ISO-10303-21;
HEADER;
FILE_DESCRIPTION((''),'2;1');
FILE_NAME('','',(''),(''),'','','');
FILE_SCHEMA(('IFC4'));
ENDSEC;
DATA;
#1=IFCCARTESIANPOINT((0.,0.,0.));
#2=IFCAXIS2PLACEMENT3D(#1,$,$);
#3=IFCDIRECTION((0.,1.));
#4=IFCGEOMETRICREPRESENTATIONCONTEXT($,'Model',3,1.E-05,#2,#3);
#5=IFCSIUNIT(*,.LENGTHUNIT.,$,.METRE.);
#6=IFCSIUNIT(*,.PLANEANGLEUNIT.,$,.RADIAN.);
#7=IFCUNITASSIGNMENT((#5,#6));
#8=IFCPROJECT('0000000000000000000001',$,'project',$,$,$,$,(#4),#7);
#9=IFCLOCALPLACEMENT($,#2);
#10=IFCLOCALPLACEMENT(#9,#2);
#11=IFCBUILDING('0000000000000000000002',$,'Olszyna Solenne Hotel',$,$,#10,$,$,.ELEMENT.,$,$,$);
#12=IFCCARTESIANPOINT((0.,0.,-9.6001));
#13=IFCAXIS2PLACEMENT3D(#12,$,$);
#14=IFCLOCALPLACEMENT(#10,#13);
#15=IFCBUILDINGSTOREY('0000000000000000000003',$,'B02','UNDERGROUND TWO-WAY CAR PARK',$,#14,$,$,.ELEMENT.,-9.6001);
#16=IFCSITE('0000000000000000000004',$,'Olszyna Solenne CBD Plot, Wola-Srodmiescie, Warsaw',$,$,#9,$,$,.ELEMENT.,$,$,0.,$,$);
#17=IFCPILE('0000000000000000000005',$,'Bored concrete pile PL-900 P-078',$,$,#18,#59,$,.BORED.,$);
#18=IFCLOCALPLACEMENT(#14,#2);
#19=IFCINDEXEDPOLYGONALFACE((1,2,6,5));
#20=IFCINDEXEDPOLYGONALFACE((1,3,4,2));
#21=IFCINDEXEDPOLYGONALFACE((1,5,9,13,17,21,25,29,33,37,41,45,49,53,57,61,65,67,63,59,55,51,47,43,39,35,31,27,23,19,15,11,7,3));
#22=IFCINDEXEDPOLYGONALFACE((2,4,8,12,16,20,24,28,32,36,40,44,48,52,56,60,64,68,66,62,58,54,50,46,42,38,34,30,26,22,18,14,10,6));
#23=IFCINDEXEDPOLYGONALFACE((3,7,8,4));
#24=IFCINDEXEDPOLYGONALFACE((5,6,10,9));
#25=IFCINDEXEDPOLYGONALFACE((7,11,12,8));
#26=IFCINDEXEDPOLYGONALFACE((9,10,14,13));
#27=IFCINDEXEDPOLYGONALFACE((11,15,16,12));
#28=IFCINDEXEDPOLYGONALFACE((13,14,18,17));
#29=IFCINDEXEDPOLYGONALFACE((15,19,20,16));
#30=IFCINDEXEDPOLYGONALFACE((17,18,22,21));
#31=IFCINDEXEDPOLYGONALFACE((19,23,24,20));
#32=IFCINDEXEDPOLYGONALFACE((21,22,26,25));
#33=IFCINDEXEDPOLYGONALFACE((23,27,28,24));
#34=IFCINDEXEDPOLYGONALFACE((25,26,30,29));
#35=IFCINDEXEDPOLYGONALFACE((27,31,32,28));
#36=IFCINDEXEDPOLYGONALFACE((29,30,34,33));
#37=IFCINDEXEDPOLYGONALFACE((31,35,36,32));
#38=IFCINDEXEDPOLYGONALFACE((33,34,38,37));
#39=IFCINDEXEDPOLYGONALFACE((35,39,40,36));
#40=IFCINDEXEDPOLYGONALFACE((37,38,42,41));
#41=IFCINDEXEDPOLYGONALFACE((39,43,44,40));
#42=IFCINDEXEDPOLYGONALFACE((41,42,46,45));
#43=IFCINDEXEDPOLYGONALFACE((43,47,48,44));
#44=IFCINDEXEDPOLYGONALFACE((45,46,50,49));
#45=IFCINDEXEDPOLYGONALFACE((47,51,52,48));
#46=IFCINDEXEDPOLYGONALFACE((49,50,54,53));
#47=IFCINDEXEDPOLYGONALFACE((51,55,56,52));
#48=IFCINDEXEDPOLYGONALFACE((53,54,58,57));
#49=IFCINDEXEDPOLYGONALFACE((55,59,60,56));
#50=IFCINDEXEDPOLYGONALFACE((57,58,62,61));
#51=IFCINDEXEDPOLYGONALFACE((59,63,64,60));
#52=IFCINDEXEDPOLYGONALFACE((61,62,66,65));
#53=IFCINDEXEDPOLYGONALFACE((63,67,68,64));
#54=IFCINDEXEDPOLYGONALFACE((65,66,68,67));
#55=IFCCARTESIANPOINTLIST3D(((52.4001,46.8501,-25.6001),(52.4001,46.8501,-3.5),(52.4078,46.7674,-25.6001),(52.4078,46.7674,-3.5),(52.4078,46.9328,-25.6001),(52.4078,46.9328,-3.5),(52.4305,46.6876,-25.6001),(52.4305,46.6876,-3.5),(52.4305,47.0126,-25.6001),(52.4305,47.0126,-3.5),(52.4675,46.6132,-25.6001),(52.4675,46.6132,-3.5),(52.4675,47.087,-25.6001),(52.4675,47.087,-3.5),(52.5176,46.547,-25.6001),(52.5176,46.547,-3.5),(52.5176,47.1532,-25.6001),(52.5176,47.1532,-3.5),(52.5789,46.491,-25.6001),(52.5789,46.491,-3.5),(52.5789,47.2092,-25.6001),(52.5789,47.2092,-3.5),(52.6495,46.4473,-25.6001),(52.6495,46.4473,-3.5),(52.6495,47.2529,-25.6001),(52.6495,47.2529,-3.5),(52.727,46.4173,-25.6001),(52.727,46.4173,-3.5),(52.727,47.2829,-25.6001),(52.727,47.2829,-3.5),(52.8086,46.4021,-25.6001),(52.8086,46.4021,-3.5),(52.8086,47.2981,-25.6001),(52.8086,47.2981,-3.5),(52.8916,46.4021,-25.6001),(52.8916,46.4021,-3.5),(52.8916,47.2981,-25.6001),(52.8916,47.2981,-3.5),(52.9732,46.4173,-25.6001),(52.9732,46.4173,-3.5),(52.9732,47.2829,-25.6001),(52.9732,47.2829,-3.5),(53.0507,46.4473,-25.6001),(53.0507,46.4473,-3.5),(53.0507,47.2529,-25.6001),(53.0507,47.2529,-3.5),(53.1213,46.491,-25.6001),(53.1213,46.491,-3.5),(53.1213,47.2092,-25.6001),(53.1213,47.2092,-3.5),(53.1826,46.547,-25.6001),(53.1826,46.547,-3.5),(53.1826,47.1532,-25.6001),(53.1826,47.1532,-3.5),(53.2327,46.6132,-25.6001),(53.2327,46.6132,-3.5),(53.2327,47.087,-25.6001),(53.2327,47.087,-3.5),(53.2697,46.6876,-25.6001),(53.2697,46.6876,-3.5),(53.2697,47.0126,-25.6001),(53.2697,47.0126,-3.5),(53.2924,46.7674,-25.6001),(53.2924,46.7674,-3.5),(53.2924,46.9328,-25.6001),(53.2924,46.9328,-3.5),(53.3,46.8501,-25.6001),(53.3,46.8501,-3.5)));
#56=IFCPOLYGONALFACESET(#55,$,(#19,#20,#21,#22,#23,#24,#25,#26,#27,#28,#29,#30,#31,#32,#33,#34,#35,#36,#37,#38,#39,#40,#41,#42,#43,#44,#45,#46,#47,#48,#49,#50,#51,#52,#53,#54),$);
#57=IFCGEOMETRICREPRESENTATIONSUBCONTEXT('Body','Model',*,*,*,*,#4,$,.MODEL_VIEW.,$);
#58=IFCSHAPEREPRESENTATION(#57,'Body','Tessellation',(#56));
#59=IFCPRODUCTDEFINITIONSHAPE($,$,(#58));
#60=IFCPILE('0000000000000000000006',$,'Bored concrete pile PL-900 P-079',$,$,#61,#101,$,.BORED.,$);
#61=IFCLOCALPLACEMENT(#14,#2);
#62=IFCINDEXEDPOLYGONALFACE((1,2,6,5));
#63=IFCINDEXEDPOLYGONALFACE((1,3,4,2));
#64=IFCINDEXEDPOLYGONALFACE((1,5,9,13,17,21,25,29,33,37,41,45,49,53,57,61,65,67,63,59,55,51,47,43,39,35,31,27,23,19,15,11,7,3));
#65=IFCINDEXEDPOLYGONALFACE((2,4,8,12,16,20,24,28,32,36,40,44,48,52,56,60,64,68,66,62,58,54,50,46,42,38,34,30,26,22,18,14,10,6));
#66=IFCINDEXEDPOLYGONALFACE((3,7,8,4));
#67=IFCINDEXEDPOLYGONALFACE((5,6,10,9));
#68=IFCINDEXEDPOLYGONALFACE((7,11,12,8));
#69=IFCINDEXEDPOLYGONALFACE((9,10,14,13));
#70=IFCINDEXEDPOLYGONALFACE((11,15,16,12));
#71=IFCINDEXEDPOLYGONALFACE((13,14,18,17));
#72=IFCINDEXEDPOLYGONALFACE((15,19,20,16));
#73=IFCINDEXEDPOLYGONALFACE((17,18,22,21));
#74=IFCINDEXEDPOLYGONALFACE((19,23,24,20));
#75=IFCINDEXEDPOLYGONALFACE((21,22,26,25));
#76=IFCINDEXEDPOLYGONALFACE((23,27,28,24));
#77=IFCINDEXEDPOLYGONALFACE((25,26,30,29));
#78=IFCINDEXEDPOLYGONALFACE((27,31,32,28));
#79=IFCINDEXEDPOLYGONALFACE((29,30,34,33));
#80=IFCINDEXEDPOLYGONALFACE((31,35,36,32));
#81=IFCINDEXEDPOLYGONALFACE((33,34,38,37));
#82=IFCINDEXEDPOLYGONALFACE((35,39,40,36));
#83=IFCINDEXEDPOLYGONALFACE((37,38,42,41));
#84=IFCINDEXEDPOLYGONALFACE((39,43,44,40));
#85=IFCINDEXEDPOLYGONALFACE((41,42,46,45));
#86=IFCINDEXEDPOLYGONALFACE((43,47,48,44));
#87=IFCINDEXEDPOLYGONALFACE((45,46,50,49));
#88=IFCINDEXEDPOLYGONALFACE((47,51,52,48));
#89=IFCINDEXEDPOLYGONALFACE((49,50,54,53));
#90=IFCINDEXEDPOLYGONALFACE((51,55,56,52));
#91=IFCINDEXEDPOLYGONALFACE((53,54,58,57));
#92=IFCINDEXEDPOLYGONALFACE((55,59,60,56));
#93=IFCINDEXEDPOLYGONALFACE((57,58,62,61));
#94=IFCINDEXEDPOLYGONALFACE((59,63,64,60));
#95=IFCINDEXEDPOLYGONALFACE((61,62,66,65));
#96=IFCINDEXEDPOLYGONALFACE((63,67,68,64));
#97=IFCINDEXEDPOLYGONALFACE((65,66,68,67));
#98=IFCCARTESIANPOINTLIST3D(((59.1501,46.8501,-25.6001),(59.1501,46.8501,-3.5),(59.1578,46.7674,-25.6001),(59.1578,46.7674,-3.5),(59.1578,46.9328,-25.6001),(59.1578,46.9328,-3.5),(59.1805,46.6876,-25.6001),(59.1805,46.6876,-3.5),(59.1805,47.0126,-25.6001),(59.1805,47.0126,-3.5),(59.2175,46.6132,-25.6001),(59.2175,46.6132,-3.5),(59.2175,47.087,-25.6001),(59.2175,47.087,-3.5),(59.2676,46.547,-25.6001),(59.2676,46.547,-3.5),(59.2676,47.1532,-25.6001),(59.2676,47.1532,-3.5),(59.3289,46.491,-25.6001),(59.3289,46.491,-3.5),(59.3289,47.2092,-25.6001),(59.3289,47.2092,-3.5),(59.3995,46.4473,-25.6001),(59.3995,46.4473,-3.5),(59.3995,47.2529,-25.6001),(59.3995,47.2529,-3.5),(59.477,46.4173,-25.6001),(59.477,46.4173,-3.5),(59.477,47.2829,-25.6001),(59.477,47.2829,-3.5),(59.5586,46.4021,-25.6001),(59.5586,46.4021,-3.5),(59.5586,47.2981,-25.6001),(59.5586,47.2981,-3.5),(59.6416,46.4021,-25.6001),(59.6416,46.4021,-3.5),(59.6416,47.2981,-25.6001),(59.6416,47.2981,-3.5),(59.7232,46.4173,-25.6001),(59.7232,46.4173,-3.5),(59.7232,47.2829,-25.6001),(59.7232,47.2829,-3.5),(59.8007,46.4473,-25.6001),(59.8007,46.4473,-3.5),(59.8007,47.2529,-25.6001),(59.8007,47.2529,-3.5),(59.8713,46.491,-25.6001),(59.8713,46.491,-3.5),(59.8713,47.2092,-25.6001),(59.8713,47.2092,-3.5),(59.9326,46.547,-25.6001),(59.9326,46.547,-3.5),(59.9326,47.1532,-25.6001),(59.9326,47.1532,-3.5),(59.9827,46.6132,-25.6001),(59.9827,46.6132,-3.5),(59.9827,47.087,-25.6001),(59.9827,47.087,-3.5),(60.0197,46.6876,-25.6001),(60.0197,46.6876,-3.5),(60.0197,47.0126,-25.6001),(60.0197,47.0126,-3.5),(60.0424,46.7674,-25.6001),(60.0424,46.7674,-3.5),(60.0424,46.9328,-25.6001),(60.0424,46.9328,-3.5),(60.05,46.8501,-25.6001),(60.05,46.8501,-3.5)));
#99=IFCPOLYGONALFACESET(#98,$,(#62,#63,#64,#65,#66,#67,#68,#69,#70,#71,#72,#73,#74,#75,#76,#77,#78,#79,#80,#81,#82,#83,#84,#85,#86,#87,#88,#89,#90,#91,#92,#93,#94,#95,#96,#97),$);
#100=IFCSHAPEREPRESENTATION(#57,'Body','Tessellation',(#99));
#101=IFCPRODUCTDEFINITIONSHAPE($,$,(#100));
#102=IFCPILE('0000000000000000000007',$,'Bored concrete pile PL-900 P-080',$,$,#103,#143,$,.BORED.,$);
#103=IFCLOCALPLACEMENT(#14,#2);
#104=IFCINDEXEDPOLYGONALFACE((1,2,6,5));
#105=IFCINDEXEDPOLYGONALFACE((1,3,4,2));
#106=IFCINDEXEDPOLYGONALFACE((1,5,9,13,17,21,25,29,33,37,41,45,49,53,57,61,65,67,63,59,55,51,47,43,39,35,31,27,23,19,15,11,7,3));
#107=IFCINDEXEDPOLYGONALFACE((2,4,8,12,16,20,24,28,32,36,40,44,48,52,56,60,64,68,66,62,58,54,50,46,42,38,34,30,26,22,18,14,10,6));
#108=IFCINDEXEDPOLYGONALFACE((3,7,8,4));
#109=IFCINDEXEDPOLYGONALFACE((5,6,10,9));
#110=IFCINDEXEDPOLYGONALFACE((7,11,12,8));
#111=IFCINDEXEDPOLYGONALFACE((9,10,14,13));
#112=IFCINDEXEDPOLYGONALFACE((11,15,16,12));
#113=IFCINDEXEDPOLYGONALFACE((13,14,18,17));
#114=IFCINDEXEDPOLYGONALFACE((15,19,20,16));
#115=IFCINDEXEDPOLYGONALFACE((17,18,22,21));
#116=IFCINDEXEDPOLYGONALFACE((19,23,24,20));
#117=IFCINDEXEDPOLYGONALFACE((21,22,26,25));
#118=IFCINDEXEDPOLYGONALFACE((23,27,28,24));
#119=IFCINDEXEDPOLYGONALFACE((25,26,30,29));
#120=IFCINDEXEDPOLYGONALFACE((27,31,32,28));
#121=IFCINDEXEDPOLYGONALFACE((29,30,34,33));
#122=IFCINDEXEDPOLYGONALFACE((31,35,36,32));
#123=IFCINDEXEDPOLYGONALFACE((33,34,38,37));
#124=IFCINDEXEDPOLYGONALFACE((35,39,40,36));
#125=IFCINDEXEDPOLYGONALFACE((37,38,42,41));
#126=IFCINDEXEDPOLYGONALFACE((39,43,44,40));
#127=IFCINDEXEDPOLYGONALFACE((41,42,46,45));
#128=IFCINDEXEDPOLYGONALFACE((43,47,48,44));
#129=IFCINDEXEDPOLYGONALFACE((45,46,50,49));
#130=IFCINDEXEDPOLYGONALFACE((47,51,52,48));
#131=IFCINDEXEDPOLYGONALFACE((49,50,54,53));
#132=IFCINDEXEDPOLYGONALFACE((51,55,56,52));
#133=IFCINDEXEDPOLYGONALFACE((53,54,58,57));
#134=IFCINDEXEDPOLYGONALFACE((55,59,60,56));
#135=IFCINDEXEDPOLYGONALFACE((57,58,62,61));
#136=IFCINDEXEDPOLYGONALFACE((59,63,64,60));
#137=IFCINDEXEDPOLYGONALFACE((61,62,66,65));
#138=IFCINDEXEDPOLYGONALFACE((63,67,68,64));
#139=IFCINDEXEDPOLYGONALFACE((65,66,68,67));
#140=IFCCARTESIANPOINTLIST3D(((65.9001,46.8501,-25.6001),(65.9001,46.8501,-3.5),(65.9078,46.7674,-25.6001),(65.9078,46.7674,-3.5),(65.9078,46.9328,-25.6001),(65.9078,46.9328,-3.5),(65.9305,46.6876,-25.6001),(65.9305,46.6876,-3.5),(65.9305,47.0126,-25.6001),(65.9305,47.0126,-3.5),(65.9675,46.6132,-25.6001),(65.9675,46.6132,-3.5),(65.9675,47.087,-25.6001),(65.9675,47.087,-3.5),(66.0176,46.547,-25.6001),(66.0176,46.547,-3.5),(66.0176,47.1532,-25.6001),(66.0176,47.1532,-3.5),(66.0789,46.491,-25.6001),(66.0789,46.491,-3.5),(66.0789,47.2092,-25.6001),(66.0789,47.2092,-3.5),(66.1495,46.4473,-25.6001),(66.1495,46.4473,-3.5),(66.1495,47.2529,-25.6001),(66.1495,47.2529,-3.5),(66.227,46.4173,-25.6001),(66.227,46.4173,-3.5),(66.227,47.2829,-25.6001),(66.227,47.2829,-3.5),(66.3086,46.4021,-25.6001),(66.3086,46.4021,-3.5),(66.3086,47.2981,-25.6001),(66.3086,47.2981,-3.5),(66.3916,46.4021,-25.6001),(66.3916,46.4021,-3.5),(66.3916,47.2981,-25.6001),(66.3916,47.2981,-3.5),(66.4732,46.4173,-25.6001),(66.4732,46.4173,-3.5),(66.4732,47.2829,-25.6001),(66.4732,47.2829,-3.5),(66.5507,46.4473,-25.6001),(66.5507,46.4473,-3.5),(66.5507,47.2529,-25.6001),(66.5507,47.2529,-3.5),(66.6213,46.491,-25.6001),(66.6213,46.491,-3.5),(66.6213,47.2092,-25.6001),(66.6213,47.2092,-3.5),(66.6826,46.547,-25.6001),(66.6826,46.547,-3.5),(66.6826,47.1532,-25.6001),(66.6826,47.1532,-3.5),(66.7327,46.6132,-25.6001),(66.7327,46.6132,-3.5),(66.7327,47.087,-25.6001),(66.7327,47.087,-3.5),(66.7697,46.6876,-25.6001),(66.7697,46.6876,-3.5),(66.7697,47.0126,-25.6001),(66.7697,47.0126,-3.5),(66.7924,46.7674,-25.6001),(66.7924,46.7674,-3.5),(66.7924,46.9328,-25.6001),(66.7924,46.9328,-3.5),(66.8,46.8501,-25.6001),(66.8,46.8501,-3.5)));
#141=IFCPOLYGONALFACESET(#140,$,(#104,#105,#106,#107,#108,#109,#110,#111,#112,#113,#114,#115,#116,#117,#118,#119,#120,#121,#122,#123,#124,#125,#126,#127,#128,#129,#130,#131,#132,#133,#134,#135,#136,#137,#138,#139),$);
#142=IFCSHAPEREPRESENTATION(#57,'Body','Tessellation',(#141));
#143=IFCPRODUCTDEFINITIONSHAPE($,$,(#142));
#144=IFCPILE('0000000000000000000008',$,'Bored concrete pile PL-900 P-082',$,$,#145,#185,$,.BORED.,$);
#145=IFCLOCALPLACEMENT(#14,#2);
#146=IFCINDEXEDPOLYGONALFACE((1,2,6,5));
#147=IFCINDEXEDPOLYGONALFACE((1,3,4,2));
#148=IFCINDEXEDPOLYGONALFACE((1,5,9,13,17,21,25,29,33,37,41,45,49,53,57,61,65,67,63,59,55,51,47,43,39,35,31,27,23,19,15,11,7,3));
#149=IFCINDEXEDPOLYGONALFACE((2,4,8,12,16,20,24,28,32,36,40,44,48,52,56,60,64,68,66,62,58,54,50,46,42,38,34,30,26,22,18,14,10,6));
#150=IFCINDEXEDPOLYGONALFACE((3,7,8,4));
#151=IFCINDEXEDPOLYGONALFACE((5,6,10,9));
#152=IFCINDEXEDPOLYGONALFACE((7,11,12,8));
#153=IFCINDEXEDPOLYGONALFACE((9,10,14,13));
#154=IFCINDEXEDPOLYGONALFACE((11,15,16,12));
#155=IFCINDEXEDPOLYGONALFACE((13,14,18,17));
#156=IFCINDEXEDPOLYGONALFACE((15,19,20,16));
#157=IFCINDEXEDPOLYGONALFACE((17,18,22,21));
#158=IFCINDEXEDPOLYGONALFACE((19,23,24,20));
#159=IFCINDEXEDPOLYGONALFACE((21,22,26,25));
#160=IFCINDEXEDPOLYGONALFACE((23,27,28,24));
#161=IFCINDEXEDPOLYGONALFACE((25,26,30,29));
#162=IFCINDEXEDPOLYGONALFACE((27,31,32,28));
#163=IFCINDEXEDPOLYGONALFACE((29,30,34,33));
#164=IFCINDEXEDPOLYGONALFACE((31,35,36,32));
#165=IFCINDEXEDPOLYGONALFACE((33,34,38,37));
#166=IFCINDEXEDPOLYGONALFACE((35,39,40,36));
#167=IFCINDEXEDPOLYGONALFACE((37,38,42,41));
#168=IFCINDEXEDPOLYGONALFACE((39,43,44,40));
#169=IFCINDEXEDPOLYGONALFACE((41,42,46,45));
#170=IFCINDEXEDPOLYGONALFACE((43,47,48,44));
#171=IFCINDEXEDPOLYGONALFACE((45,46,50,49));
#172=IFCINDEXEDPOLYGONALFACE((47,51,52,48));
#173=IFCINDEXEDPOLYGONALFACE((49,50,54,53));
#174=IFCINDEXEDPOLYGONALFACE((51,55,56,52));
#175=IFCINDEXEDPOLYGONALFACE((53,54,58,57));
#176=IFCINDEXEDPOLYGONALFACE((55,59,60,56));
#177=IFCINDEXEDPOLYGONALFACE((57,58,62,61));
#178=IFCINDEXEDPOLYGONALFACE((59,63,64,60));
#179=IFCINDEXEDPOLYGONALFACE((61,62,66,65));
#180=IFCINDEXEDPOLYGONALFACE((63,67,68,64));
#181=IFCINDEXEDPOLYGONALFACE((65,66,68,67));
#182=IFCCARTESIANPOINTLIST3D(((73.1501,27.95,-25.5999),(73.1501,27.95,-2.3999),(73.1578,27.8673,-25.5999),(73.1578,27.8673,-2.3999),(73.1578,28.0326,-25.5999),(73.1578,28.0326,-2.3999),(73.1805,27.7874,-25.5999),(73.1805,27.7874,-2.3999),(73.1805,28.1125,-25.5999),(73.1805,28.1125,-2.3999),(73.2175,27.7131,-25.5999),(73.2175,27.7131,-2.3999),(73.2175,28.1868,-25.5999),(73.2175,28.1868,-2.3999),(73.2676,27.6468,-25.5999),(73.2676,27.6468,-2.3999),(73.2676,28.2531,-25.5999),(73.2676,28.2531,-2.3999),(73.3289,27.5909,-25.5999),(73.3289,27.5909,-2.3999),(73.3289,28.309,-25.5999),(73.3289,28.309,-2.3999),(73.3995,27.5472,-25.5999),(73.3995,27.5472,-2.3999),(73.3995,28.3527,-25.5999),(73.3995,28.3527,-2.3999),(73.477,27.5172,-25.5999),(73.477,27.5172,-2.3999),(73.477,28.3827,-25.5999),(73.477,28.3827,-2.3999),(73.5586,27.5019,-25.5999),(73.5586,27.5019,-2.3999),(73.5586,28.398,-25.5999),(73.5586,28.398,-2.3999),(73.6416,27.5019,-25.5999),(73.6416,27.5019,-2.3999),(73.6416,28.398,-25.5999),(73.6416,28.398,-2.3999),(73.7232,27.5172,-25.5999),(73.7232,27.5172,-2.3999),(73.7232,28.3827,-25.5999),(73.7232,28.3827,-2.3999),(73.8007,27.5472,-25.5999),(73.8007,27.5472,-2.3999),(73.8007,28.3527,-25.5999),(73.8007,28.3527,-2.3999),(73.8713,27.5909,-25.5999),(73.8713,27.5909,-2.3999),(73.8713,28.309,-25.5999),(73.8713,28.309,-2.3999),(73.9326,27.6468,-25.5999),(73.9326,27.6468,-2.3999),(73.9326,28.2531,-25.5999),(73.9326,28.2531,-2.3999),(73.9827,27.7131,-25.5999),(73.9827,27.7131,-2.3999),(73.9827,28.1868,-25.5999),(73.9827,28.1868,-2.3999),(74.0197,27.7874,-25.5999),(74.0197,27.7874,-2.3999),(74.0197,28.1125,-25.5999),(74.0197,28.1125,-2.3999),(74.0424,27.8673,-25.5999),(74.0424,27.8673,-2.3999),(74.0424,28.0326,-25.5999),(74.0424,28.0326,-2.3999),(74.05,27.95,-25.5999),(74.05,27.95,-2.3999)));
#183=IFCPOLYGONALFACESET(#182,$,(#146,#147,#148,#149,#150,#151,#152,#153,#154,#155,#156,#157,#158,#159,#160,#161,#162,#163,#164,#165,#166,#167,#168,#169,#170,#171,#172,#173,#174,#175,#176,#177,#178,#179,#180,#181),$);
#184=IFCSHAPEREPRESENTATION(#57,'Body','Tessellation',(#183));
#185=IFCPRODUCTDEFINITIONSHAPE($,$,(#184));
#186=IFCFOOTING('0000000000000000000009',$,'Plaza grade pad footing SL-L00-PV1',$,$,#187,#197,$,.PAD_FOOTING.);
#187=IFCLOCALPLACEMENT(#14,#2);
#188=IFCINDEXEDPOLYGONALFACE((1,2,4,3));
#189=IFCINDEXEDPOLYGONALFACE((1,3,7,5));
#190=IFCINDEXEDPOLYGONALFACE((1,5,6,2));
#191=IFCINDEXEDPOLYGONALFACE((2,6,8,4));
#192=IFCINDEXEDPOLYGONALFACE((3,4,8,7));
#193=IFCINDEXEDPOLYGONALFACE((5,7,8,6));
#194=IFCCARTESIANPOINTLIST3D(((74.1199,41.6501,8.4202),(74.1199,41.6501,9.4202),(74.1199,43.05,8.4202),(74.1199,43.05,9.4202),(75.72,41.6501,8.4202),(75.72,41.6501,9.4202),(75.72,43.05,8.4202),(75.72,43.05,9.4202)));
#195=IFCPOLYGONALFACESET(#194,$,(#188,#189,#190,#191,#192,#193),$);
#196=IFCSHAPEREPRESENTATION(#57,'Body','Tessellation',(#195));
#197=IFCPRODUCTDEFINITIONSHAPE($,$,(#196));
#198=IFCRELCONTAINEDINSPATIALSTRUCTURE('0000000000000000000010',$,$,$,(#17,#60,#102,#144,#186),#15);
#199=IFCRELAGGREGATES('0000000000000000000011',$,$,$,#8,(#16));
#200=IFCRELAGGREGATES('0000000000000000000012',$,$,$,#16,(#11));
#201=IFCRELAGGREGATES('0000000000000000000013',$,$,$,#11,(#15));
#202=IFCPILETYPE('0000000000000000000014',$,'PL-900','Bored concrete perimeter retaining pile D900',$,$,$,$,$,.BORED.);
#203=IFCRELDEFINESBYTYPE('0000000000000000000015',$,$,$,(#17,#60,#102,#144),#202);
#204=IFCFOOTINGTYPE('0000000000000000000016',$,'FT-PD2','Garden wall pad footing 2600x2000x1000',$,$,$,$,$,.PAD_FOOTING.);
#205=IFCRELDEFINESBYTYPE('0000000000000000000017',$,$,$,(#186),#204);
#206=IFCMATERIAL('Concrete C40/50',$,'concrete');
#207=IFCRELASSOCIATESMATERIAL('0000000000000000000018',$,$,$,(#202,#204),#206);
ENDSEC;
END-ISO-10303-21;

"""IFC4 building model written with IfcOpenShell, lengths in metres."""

from ifc_helpers import new_model, si_unit, direction, frame, origin, origin_2d, place, context, subcontext, project, spatial, rectangle, circle, extrude, source, transform, mapped, material, material_profile, profile_set, type_object, element, save


model = new_model("IFC4")

# Units and contexts
model_context = context("Model", 3, precision=1e-05, world=origin(), true_north=direction((0.0, 1.0)))
body_context = subcontext(model_context, "Body", "Model", "MODEL_VIEW")
ifc_project = project(units=[si_unit("LENGTHUNIT", "METRE"), si_unit("PLANEANGLEUNIT", "RADIAN")], contexts=[model_context])

# Site, building, storey
site_placement = place(None, origin())
site = spatial("IfcSite", under=ifc_project, at=site_placement, Name="Olszyna Solenne CBD Plot, Wola-Srodmiescie, Warsaw", CompositionType="ELEMENT", RefElevation=0.0)
building_placement = place(site_placement, origin())
building = spatial("IfcBuilding", under=site, at=building_placement, Name="Olszyna Solenne Hotel", CompositionType="ELEMENT")
storey_placement = place(building_placement, frame((0.0, 0.0, -9.6001)))
storey = spatial("IfcBuildingStorey", under=building, at=storey_placement, Name="B02", Description="UNDERGROUND TWO-WAY CAR PARK", CompositionType="ELEMENT", Elevation=-9.6001)

# Shared definitions
ifc_material_1 = material(Name="Concrete C40/50", Category="concrete")

# Piles
ifc_material_profile_1 = material_profile(ifc_material_1, circle(Radius=0.45, at=origin_2d()), Name="BORED PILE 900", Category="load-bearing")
ifc_profile_set_1 = profile_set([ifc_material_profile_1], Name="Concrete C40/50")
pile_type_1 = type_object("IfcPileType", Name="PL-900", Description="Bored concrete perimeter retaining pile D900", PredefinedType="BORED", material=ifc_profile_set_1)
shared_shape_1 = source(origin(), body_context, "Body", "SweptSolid", [
    extrude(circle(Radius=0.45, at=origin_2d()), origin(), (0.0, 0.0, 1.0), 22.1001),
])
for number, where, z_axis, x_axis, name in (
    (1, (52.8501, 46.8501, -3.5), (0.0, 0.0, -1.0), (1.0, 0.0, 0.0), "Bored concrete pile PL-900 P-078"),
    (2, (59.6001, 46.8501, -3.5), (0.0, 0.0, -1.0), (1.0, 0.0, 0.0), "Bored concrete pile PL-900 P-079"),
    (3, (66.3501, 46.8501, -3.5), (0.0, 0.0, -1.0), (1.0, 0.0, 0.0), "Bored concrete pile PL-900 P-080"),
):
    element("IfcPile", number, at=place(storey_placement, frame(where, z_axis=z_axis, x_axis=x_axis)), inside=storey, type_object=pile_type_1, Name=name, PredefinedType="BORED", context=body_context, shape_type="MappedRepresentation", body=[
        mapped(shared_shape_1, transform((0.0, 0.0, 0.0), x_axis=(1.0, 0.0, 0.0), y_axis=(0.0, 1.0, 0.0), z_axis=(0.0, 0.0, 1.0), scale=1.0)),
    ])
shared_shape_2 = source(origin(), body_context, "Body", "SweptSolid", [
    extrude(circle(Radius=0.45, at=origin_2d()), origin(), (0.0, 0.0, 1.0), 23.2),
])
pile_placement = place(storey_placement, frame((73.6001, 27.95, -2.3999), z_axis=(0.0, 0.0, -1.0), x_axis=(1.0, 0.0, 0.0)))
element("IfcPile", 4, at=pile_placement, inside=storey, type_object=pile_type_1, Name="Bored concrete pile PL-900 P-082", PredefinedType="BORED", context=body_context, shape_type="MappedRepresentation", body=[
    mapped(shared_shape_2, transform((0.0, 0.0, 0.0), x_axis=(1.0, 0.0, 0.0), y_axis=(0.0, 1.0, 0.0), z_axis=(0.0, 0.0, 1.0), scale=1.0)),
])

# Footing
footing_type_1 = type_object("IfcFootingType", Name="FT-PD2", Description="Garden wall pad footing 2600x2000x1000", PredefinedType="PAD_FOOTING", material=ifc_material_1)
shared_shape_3 = source(origin(), body_context, "Body", "SweptSolid", [
    extrude(rectangle(XDim=1.6001, YDim=1.3999, at=origin_2d()), origin(), (0.0, 0.0, 1.0), 1.0),
])
for number, where, z_axis, x_axis, name in (
    (5, (74.9199, 42.3501, 8.4202), (0.0, 0.0, 1.0), (1.0, 0.0, 0.0), "Plaza grade pad footing SL-L00-PV1"),
):
    element("IfcFooting", number, at=place(storey_placement, frame(where, z_axis=z_axis, x_axis=x_axis)), inside=storey, type_object=footing_type_1, Name=name, PredefinedType="PAD_FOOTING", context=body_context, shape_type="MappedRepresentation", body=[
        mapped(shared_shape_3, transform((0.0, 0.0, 0.0), x_axis=(1.0, 0.0, 0.0), y_axis=(0.0, 1.0, 0.0), z_axis=(0.0, 0.0, 1.0), scale=1.0)),
    ])

save(model, "model.ifc")
